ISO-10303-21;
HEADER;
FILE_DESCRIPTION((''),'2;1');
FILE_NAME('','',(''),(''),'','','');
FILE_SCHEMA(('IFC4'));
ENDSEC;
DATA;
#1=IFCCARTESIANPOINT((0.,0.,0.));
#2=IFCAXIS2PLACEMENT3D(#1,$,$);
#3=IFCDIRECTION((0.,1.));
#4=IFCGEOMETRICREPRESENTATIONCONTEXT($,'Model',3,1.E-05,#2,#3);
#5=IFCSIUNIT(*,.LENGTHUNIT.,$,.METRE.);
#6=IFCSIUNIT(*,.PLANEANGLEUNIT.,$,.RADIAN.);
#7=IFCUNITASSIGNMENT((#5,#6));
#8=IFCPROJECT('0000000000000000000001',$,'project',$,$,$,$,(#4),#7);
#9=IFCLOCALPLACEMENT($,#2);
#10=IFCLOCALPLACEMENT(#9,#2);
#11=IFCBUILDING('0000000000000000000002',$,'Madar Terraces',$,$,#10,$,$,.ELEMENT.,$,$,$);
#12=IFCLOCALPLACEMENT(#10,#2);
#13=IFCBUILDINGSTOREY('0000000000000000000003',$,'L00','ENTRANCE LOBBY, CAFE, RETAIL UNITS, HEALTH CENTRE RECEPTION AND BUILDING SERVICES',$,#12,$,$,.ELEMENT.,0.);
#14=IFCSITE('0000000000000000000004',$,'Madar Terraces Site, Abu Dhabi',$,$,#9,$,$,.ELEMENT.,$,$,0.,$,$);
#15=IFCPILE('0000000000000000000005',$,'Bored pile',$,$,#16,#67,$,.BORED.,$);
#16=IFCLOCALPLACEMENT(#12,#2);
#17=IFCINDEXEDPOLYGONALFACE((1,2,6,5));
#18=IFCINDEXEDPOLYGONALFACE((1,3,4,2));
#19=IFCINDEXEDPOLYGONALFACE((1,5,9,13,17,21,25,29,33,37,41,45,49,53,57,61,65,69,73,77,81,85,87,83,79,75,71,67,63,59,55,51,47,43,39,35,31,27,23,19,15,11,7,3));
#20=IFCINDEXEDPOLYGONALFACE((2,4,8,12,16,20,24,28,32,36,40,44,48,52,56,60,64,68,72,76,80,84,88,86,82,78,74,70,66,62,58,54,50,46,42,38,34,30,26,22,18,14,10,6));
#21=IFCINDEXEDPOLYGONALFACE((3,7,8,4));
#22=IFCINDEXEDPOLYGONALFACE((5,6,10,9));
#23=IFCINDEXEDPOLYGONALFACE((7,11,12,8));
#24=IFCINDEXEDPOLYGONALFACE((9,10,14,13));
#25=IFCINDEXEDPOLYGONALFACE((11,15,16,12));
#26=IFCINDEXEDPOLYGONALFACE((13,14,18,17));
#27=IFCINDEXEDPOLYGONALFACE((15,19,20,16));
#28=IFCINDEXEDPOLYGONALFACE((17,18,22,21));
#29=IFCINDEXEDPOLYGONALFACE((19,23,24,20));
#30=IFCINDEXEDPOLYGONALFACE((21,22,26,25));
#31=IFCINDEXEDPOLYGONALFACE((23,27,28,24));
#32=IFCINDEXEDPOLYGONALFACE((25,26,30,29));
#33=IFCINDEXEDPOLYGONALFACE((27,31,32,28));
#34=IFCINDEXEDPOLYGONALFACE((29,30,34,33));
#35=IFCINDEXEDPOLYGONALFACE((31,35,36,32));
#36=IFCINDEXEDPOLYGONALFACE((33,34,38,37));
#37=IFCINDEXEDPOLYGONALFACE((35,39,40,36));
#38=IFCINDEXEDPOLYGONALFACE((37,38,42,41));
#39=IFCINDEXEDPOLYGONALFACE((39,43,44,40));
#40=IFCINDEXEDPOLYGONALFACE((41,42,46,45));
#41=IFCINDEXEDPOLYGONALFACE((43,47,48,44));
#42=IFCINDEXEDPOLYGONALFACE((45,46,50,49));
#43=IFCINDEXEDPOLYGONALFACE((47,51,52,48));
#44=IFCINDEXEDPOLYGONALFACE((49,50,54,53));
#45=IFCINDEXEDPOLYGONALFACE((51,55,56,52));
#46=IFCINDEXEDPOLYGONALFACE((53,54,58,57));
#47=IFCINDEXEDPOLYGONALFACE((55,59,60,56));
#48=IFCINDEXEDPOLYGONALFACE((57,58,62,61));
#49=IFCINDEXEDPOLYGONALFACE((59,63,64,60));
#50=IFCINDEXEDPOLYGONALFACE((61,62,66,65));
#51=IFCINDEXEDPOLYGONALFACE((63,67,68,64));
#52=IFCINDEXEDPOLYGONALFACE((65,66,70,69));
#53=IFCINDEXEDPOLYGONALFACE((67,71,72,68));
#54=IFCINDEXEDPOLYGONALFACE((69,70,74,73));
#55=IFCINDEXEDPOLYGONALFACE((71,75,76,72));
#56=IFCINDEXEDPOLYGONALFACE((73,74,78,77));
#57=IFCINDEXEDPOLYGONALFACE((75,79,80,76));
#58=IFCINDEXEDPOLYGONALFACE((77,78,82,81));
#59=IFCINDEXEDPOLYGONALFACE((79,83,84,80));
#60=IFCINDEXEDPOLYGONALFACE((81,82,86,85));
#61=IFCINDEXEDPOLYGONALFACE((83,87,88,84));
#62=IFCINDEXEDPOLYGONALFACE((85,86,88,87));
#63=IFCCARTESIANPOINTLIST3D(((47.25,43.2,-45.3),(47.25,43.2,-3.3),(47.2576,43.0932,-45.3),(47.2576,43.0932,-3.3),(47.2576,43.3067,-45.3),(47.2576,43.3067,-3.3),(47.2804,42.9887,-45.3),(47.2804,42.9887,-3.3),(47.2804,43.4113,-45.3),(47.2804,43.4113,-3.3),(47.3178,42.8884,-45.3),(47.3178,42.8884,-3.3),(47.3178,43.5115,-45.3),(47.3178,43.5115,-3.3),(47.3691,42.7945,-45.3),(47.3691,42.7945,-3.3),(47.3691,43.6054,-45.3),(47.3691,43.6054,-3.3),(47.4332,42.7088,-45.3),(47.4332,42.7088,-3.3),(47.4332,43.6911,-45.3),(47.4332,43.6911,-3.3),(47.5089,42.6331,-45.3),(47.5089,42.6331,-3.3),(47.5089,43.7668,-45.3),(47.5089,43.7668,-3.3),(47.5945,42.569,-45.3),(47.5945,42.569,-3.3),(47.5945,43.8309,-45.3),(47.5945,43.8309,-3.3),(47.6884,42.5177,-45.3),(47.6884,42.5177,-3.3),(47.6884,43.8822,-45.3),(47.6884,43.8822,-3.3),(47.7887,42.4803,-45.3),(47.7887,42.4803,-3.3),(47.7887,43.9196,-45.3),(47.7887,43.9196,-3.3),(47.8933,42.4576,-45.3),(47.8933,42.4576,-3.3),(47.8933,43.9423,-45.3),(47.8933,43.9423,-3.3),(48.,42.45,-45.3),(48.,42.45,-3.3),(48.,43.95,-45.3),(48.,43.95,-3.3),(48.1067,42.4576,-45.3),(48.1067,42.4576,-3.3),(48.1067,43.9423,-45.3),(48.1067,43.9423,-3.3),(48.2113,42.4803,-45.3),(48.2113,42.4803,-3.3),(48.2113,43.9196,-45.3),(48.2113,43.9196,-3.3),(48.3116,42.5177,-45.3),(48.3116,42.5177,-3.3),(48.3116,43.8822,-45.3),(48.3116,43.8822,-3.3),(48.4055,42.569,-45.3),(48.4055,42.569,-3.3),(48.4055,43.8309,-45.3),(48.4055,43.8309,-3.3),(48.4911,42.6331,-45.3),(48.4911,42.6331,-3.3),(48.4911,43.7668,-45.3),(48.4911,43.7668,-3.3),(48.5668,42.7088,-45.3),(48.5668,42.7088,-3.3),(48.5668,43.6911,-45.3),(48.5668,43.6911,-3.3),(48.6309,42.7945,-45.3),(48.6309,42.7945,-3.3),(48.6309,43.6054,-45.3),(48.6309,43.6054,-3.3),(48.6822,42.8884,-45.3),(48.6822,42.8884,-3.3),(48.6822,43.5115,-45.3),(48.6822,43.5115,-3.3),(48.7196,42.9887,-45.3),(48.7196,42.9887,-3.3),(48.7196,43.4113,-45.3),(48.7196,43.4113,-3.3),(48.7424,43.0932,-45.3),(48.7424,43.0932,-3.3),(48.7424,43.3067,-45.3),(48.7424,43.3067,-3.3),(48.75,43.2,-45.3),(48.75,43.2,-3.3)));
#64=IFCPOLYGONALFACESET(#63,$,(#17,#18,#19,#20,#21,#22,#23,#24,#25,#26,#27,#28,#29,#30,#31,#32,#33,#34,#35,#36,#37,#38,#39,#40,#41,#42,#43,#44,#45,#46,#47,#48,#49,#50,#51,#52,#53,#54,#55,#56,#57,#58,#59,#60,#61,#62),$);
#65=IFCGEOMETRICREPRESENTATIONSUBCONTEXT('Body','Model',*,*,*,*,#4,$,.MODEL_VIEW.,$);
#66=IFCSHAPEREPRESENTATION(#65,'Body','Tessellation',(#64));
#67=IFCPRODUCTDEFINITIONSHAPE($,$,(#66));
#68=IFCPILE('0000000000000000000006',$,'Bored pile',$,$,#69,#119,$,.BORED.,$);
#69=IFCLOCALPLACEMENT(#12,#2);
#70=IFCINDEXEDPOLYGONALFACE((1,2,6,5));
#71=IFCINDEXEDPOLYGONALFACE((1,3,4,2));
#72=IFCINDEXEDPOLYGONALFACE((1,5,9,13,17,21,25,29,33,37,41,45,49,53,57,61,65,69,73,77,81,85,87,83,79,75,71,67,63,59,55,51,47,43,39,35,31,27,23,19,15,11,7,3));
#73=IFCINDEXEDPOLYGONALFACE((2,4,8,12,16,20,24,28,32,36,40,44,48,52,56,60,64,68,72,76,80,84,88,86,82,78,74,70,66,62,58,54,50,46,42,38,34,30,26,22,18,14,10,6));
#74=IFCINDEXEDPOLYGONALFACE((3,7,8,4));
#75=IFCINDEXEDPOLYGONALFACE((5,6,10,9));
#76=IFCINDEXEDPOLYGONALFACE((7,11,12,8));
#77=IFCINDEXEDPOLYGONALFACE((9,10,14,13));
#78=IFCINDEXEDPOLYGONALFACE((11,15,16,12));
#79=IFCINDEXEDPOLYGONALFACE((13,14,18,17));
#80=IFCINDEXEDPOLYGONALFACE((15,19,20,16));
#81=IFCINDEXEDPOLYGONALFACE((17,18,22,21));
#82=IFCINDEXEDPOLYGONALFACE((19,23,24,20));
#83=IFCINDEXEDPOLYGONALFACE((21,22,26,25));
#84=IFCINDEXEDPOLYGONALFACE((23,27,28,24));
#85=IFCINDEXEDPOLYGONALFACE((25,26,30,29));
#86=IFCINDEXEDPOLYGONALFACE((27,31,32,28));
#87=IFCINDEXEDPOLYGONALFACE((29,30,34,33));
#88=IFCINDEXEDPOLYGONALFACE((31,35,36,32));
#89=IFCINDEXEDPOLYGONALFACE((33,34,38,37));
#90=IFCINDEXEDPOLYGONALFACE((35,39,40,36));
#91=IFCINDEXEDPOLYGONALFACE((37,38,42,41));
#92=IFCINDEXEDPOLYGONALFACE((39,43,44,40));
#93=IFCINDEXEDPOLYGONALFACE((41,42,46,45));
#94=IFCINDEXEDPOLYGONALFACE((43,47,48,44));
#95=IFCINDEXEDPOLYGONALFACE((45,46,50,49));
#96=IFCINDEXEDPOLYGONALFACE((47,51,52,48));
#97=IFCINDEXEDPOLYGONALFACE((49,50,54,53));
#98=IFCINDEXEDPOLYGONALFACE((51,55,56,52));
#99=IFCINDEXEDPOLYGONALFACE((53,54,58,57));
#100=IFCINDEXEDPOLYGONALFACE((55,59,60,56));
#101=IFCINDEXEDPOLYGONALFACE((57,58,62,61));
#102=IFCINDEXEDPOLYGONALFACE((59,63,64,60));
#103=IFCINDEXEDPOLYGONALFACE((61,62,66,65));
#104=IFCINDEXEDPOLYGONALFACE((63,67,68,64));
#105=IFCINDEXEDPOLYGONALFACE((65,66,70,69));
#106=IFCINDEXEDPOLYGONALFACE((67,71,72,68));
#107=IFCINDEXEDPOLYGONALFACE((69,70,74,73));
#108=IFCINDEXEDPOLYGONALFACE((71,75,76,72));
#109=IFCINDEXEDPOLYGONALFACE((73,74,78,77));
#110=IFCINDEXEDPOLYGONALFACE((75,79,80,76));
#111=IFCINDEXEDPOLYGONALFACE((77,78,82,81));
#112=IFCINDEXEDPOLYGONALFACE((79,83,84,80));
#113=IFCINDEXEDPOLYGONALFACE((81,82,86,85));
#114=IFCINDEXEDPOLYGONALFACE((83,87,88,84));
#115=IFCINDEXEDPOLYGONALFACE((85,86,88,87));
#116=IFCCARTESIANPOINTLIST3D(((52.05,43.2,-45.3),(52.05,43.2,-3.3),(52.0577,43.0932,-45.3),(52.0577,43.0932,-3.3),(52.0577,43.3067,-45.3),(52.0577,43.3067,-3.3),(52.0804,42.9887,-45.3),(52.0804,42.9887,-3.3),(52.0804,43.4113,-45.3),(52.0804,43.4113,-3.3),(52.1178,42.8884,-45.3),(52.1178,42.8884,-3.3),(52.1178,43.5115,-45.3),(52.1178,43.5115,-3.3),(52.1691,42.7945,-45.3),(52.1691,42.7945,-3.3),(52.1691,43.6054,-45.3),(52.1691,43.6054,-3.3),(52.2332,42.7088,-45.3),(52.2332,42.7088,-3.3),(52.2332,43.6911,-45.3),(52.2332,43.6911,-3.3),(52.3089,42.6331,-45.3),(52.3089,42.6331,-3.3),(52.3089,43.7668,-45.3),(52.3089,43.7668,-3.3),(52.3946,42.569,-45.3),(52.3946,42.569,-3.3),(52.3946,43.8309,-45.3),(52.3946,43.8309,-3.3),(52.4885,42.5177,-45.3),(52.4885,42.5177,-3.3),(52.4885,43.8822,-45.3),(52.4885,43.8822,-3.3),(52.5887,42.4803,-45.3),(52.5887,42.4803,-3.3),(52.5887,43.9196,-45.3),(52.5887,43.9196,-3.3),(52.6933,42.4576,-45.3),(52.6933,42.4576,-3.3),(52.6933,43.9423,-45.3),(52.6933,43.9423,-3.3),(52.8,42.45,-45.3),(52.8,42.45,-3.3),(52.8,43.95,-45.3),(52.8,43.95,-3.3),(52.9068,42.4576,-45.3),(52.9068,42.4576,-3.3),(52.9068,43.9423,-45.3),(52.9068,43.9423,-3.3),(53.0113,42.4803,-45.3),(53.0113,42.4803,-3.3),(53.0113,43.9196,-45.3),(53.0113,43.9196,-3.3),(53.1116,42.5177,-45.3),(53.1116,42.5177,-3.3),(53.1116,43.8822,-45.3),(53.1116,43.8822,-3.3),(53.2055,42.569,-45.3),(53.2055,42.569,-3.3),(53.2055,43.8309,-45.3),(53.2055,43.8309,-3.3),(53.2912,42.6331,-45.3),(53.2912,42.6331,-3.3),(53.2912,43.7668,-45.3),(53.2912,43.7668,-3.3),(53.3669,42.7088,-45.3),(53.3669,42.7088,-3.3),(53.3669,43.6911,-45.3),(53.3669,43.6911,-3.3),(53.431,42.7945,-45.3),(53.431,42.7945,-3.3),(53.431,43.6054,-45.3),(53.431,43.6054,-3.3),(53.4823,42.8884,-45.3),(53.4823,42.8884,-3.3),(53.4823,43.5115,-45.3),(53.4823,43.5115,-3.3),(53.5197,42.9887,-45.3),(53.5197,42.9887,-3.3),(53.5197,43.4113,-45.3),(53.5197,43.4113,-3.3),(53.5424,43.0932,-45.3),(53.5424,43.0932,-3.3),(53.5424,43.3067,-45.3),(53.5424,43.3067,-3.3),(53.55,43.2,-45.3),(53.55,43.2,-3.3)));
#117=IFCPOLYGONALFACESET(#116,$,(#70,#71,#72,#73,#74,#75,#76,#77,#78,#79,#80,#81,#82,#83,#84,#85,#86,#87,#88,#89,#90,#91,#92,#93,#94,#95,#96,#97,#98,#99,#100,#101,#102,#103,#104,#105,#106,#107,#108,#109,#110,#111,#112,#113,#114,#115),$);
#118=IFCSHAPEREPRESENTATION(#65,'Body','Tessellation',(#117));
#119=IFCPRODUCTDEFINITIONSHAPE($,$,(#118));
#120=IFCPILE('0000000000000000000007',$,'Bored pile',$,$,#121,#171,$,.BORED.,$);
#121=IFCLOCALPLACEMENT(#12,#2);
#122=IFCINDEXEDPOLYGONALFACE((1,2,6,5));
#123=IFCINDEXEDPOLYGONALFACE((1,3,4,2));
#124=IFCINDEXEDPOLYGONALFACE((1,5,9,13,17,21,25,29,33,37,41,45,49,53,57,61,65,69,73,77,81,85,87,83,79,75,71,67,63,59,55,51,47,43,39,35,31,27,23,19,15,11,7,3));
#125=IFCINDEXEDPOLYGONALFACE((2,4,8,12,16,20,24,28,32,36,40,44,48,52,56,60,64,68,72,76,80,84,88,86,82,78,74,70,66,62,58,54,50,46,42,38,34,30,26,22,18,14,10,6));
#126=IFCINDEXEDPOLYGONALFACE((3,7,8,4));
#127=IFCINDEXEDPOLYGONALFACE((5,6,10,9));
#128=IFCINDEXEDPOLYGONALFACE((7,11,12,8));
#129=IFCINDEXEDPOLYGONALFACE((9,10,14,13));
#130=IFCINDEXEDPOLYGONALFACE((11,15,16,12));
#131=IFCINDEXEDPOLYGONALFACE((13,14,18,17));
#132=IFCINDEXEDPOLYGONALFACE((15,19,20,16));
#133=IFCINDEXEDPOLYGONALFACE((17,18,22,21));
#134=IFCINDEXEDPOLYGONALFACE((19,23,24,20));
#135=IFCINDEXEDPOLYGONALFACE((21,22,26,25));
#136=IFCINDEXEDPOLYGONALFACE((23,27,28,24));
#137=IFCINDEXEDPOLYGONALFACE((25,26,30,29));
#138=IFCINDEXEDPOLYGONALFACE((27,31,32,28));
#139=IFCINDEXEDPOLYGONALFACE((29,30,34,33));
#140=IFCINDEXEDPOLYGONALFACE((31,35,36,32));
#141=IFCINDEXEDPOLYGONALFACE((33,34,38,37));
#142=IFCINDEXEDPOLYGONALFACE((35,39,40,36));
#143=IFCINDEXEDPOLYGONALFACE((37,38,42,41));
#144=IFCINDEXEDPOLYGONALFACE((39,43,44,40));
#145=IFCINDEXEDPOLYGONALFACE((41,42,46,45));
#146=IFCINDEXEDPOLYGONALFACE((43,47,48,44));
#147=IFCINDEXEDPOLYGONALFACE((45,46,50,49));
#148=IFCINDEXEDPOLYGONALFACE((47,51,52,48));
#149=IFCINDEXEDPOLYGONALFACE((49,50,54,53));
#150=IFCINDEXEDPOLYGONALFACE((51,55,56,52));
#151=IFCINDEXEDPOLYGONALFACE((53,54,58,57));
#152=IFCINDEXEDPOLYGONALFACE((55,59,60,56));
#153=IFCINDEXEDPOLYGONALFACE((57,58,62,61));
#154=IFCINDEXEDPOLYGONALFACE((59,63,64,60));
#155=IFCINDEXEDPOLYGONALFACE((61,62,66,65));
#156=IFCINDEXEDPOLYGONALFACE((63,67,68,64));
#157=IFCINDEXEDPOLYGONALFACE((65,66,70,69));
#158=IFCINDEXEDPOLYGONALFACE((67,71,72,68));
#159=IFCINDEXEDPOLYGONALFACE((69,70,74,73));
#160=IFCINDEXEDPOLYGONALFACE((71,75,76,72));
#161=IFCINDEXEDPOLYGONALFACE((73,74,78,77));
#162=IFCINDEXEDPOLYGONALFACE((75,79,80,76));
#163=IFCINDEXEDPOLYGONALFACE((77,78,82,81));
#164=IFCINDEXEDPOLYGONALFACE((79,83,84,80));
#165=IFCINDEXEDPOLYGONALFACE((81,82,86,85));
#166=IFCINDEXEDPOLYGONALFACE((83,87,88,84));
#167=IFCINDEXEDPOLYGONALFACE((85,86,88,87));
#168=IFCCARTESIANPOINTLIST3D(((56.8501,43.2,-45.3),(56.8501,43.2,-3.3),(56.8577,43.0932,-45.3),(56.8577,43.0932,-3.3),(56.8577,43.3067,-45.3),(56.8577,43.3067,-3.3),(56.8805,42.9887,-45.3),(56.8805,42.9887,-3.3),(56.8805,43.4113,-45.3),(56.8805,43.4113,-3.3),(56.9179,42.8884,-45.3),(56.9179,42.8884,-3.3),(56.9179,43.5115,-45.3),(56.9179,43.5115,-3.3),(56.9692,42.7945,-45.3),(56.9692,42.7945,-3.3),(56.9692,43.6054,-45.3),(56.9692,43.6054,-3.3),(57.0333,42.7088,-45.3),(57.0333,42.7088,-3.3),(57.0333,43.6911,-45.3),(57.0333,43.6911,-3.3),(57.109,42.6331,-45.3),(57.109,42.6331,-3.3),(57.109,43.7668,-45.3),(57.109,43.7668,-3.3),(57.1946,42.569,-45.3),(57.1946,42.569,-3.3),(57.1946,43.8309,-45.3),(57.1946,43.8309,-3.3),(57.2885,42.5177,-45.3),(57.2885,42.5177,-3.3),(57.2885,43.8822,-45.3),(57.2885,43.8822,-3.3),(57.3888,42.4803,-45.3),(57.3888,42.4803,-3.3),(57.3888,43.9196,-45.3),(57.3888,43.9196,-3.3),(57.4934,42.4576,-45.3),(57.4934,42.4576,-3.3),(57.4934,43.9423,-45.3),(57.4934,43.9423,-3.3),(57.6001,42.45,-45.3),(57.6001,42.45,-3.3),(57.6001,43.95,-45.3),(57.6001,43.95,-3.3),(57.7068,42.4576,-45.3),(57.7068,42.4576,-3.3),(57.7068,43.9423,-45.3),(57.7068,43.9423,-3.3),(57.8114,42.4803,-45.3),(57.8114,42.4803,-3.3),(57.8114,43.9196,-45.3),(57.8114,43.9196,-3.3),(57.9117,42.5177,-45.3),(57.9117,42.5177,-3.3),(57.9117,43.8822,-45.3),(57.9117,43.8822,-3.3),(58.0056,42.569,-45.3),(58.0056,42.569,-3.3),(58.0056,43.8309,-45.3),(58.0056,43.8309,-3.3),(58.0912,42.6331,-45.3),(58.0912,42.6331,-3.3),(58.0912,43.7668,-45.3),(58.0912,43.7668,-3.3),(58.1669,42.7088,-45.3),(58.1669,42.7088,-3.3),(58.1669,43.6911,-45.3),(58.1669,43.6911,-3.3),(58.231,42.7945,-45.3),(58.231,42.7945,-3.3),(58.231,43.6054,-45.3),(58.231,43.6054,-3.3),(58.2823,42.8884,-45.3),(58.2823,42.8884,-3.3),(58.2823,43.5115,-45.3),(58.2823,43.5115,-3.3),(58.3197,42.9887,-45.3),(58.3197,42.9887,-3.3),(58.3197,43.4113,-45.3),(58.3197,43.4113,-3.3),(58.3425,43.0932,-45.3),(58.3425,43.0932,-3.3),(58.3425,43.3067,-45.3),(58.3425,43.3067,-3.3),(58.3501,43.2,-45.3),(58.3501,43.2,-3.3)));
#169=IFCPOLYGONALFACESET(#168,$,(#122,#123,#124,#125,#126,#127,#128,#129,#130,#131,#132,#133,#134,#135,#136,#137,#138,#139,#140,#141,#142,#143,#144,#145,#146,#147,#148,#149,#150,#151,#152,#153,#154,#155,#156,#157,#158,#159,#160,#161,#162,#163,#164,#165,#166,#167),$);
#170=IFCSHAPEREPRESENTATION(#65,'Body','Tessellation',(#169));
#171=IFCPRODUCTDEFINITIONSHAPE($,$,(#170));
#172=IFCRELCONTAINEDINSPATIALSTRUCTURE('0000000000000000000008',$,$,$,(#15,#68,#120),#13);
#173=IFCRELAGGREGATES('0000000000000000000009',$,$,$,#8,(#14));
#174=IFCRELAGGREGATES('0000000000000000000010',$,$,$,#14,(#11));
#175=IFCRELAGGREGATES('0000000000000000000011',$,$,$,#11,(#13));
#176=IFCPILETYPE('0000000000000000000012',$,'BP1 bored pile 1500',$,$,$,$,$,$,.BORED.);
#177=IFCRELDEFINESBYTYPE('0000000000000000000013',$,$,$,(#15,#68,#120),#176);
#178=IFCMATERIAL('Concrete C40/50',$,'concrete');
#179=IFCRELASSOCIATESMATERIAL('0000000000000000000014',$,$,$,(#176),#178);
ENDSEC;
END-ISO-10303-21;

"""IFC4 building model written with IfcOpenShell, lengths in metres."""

from ifc_helpers import new_model, si_unit, direction, frame, origin, origin_2d, place, context, subcontext, project, spatial, circle, extrude, material, material_profile, profile_set, type_object, element, save


model = new_model("IFC4")

# Units and contexts
model_context = context("Model", 3, precision=1e-05, world=origin(), true_north=direction((0.0, 1.0)))
body_context = subcontext(model_context, "Body", "Model", "MODEL_VIEW")
ifc_project = project(units=[si_unit("LENGTHUNIT", "METRE"), si_unit("PLANEANGLEUNIT", "RADIAN")], contexts=[model_context])

# Site, building, storey
site_placement = place(None, origin())
site = spatial("IfcSite", under=ifc_project, at=site_placement, Name="Madar Terraces Site, Abu Dhabi", CompositionType="ELEMENT", RefElevation=0.0)
building_placement = place(site_placement, origin())
building = spatial("IfcBuilding", under=site, at=building_placement, Name="Madar Terraces", CompositionType="ELEMENT")
storey_placement = place(building_placement, origin())
storey = spatial("IfcBuildingStorey", under=building, at=storey_placement, Name="L00", Description="ENTRANCE LOBBY, CAFE, RETAIL UNITS, HEALTH CENTRE RECEPTION AND BUILDING SERVICES", CompositionType="ELEMENT", Elevation=0.0)

# Piles
ifc_material_1 = material(Name="Concrete C40/50", Category="concrete")
ifc_material_profile_1 = material_profile(ifc_material_1, circle(Radius=0.75, at=origin_2d()), Name="BP1 bored pile 1500")
ifc_profile_set_1 = profile_set([ifc_material_profile_1], Name="Concrete C40/50")
pile_type = type_object("IfcPileType", Name="BP1 bored pile 1500", PredefinedType="BORED", material=ifc_profile_set_1)
for number, where, z_axis, x_axis, name in (
    (1, (48.0, 43.2, -3.3), (0.0, 0.0, -1.0), (1.0, 0.0, 0.0), "Bored pile"),
    (2, (52.8, 43.2, -3.3), (0.0, 0.0, -1.0), (1.0, 0.0, 0.0), "Bored pile"),
    (3, (57.6001, 43.2, -3.3), (0.0, 0.0, -1.0), (1.0, 0.0, 0.0), "Bored pile"),
):
    element("IfcPile", number, at=place(storey_placement, frame(where, z_axis=z_axis, x_axis=x_axis)), inside=storey, type_object=pile_type, Name=name, PredefinedType="BORED", context=body_context, shape_type="SweptSolid", body=[
        extrude(circle(Radius=0.75, at=origin_2d()), origin(), (0.0, 0.0, 1.0), 42.0),
    ])

save(model, "model.ifc")
